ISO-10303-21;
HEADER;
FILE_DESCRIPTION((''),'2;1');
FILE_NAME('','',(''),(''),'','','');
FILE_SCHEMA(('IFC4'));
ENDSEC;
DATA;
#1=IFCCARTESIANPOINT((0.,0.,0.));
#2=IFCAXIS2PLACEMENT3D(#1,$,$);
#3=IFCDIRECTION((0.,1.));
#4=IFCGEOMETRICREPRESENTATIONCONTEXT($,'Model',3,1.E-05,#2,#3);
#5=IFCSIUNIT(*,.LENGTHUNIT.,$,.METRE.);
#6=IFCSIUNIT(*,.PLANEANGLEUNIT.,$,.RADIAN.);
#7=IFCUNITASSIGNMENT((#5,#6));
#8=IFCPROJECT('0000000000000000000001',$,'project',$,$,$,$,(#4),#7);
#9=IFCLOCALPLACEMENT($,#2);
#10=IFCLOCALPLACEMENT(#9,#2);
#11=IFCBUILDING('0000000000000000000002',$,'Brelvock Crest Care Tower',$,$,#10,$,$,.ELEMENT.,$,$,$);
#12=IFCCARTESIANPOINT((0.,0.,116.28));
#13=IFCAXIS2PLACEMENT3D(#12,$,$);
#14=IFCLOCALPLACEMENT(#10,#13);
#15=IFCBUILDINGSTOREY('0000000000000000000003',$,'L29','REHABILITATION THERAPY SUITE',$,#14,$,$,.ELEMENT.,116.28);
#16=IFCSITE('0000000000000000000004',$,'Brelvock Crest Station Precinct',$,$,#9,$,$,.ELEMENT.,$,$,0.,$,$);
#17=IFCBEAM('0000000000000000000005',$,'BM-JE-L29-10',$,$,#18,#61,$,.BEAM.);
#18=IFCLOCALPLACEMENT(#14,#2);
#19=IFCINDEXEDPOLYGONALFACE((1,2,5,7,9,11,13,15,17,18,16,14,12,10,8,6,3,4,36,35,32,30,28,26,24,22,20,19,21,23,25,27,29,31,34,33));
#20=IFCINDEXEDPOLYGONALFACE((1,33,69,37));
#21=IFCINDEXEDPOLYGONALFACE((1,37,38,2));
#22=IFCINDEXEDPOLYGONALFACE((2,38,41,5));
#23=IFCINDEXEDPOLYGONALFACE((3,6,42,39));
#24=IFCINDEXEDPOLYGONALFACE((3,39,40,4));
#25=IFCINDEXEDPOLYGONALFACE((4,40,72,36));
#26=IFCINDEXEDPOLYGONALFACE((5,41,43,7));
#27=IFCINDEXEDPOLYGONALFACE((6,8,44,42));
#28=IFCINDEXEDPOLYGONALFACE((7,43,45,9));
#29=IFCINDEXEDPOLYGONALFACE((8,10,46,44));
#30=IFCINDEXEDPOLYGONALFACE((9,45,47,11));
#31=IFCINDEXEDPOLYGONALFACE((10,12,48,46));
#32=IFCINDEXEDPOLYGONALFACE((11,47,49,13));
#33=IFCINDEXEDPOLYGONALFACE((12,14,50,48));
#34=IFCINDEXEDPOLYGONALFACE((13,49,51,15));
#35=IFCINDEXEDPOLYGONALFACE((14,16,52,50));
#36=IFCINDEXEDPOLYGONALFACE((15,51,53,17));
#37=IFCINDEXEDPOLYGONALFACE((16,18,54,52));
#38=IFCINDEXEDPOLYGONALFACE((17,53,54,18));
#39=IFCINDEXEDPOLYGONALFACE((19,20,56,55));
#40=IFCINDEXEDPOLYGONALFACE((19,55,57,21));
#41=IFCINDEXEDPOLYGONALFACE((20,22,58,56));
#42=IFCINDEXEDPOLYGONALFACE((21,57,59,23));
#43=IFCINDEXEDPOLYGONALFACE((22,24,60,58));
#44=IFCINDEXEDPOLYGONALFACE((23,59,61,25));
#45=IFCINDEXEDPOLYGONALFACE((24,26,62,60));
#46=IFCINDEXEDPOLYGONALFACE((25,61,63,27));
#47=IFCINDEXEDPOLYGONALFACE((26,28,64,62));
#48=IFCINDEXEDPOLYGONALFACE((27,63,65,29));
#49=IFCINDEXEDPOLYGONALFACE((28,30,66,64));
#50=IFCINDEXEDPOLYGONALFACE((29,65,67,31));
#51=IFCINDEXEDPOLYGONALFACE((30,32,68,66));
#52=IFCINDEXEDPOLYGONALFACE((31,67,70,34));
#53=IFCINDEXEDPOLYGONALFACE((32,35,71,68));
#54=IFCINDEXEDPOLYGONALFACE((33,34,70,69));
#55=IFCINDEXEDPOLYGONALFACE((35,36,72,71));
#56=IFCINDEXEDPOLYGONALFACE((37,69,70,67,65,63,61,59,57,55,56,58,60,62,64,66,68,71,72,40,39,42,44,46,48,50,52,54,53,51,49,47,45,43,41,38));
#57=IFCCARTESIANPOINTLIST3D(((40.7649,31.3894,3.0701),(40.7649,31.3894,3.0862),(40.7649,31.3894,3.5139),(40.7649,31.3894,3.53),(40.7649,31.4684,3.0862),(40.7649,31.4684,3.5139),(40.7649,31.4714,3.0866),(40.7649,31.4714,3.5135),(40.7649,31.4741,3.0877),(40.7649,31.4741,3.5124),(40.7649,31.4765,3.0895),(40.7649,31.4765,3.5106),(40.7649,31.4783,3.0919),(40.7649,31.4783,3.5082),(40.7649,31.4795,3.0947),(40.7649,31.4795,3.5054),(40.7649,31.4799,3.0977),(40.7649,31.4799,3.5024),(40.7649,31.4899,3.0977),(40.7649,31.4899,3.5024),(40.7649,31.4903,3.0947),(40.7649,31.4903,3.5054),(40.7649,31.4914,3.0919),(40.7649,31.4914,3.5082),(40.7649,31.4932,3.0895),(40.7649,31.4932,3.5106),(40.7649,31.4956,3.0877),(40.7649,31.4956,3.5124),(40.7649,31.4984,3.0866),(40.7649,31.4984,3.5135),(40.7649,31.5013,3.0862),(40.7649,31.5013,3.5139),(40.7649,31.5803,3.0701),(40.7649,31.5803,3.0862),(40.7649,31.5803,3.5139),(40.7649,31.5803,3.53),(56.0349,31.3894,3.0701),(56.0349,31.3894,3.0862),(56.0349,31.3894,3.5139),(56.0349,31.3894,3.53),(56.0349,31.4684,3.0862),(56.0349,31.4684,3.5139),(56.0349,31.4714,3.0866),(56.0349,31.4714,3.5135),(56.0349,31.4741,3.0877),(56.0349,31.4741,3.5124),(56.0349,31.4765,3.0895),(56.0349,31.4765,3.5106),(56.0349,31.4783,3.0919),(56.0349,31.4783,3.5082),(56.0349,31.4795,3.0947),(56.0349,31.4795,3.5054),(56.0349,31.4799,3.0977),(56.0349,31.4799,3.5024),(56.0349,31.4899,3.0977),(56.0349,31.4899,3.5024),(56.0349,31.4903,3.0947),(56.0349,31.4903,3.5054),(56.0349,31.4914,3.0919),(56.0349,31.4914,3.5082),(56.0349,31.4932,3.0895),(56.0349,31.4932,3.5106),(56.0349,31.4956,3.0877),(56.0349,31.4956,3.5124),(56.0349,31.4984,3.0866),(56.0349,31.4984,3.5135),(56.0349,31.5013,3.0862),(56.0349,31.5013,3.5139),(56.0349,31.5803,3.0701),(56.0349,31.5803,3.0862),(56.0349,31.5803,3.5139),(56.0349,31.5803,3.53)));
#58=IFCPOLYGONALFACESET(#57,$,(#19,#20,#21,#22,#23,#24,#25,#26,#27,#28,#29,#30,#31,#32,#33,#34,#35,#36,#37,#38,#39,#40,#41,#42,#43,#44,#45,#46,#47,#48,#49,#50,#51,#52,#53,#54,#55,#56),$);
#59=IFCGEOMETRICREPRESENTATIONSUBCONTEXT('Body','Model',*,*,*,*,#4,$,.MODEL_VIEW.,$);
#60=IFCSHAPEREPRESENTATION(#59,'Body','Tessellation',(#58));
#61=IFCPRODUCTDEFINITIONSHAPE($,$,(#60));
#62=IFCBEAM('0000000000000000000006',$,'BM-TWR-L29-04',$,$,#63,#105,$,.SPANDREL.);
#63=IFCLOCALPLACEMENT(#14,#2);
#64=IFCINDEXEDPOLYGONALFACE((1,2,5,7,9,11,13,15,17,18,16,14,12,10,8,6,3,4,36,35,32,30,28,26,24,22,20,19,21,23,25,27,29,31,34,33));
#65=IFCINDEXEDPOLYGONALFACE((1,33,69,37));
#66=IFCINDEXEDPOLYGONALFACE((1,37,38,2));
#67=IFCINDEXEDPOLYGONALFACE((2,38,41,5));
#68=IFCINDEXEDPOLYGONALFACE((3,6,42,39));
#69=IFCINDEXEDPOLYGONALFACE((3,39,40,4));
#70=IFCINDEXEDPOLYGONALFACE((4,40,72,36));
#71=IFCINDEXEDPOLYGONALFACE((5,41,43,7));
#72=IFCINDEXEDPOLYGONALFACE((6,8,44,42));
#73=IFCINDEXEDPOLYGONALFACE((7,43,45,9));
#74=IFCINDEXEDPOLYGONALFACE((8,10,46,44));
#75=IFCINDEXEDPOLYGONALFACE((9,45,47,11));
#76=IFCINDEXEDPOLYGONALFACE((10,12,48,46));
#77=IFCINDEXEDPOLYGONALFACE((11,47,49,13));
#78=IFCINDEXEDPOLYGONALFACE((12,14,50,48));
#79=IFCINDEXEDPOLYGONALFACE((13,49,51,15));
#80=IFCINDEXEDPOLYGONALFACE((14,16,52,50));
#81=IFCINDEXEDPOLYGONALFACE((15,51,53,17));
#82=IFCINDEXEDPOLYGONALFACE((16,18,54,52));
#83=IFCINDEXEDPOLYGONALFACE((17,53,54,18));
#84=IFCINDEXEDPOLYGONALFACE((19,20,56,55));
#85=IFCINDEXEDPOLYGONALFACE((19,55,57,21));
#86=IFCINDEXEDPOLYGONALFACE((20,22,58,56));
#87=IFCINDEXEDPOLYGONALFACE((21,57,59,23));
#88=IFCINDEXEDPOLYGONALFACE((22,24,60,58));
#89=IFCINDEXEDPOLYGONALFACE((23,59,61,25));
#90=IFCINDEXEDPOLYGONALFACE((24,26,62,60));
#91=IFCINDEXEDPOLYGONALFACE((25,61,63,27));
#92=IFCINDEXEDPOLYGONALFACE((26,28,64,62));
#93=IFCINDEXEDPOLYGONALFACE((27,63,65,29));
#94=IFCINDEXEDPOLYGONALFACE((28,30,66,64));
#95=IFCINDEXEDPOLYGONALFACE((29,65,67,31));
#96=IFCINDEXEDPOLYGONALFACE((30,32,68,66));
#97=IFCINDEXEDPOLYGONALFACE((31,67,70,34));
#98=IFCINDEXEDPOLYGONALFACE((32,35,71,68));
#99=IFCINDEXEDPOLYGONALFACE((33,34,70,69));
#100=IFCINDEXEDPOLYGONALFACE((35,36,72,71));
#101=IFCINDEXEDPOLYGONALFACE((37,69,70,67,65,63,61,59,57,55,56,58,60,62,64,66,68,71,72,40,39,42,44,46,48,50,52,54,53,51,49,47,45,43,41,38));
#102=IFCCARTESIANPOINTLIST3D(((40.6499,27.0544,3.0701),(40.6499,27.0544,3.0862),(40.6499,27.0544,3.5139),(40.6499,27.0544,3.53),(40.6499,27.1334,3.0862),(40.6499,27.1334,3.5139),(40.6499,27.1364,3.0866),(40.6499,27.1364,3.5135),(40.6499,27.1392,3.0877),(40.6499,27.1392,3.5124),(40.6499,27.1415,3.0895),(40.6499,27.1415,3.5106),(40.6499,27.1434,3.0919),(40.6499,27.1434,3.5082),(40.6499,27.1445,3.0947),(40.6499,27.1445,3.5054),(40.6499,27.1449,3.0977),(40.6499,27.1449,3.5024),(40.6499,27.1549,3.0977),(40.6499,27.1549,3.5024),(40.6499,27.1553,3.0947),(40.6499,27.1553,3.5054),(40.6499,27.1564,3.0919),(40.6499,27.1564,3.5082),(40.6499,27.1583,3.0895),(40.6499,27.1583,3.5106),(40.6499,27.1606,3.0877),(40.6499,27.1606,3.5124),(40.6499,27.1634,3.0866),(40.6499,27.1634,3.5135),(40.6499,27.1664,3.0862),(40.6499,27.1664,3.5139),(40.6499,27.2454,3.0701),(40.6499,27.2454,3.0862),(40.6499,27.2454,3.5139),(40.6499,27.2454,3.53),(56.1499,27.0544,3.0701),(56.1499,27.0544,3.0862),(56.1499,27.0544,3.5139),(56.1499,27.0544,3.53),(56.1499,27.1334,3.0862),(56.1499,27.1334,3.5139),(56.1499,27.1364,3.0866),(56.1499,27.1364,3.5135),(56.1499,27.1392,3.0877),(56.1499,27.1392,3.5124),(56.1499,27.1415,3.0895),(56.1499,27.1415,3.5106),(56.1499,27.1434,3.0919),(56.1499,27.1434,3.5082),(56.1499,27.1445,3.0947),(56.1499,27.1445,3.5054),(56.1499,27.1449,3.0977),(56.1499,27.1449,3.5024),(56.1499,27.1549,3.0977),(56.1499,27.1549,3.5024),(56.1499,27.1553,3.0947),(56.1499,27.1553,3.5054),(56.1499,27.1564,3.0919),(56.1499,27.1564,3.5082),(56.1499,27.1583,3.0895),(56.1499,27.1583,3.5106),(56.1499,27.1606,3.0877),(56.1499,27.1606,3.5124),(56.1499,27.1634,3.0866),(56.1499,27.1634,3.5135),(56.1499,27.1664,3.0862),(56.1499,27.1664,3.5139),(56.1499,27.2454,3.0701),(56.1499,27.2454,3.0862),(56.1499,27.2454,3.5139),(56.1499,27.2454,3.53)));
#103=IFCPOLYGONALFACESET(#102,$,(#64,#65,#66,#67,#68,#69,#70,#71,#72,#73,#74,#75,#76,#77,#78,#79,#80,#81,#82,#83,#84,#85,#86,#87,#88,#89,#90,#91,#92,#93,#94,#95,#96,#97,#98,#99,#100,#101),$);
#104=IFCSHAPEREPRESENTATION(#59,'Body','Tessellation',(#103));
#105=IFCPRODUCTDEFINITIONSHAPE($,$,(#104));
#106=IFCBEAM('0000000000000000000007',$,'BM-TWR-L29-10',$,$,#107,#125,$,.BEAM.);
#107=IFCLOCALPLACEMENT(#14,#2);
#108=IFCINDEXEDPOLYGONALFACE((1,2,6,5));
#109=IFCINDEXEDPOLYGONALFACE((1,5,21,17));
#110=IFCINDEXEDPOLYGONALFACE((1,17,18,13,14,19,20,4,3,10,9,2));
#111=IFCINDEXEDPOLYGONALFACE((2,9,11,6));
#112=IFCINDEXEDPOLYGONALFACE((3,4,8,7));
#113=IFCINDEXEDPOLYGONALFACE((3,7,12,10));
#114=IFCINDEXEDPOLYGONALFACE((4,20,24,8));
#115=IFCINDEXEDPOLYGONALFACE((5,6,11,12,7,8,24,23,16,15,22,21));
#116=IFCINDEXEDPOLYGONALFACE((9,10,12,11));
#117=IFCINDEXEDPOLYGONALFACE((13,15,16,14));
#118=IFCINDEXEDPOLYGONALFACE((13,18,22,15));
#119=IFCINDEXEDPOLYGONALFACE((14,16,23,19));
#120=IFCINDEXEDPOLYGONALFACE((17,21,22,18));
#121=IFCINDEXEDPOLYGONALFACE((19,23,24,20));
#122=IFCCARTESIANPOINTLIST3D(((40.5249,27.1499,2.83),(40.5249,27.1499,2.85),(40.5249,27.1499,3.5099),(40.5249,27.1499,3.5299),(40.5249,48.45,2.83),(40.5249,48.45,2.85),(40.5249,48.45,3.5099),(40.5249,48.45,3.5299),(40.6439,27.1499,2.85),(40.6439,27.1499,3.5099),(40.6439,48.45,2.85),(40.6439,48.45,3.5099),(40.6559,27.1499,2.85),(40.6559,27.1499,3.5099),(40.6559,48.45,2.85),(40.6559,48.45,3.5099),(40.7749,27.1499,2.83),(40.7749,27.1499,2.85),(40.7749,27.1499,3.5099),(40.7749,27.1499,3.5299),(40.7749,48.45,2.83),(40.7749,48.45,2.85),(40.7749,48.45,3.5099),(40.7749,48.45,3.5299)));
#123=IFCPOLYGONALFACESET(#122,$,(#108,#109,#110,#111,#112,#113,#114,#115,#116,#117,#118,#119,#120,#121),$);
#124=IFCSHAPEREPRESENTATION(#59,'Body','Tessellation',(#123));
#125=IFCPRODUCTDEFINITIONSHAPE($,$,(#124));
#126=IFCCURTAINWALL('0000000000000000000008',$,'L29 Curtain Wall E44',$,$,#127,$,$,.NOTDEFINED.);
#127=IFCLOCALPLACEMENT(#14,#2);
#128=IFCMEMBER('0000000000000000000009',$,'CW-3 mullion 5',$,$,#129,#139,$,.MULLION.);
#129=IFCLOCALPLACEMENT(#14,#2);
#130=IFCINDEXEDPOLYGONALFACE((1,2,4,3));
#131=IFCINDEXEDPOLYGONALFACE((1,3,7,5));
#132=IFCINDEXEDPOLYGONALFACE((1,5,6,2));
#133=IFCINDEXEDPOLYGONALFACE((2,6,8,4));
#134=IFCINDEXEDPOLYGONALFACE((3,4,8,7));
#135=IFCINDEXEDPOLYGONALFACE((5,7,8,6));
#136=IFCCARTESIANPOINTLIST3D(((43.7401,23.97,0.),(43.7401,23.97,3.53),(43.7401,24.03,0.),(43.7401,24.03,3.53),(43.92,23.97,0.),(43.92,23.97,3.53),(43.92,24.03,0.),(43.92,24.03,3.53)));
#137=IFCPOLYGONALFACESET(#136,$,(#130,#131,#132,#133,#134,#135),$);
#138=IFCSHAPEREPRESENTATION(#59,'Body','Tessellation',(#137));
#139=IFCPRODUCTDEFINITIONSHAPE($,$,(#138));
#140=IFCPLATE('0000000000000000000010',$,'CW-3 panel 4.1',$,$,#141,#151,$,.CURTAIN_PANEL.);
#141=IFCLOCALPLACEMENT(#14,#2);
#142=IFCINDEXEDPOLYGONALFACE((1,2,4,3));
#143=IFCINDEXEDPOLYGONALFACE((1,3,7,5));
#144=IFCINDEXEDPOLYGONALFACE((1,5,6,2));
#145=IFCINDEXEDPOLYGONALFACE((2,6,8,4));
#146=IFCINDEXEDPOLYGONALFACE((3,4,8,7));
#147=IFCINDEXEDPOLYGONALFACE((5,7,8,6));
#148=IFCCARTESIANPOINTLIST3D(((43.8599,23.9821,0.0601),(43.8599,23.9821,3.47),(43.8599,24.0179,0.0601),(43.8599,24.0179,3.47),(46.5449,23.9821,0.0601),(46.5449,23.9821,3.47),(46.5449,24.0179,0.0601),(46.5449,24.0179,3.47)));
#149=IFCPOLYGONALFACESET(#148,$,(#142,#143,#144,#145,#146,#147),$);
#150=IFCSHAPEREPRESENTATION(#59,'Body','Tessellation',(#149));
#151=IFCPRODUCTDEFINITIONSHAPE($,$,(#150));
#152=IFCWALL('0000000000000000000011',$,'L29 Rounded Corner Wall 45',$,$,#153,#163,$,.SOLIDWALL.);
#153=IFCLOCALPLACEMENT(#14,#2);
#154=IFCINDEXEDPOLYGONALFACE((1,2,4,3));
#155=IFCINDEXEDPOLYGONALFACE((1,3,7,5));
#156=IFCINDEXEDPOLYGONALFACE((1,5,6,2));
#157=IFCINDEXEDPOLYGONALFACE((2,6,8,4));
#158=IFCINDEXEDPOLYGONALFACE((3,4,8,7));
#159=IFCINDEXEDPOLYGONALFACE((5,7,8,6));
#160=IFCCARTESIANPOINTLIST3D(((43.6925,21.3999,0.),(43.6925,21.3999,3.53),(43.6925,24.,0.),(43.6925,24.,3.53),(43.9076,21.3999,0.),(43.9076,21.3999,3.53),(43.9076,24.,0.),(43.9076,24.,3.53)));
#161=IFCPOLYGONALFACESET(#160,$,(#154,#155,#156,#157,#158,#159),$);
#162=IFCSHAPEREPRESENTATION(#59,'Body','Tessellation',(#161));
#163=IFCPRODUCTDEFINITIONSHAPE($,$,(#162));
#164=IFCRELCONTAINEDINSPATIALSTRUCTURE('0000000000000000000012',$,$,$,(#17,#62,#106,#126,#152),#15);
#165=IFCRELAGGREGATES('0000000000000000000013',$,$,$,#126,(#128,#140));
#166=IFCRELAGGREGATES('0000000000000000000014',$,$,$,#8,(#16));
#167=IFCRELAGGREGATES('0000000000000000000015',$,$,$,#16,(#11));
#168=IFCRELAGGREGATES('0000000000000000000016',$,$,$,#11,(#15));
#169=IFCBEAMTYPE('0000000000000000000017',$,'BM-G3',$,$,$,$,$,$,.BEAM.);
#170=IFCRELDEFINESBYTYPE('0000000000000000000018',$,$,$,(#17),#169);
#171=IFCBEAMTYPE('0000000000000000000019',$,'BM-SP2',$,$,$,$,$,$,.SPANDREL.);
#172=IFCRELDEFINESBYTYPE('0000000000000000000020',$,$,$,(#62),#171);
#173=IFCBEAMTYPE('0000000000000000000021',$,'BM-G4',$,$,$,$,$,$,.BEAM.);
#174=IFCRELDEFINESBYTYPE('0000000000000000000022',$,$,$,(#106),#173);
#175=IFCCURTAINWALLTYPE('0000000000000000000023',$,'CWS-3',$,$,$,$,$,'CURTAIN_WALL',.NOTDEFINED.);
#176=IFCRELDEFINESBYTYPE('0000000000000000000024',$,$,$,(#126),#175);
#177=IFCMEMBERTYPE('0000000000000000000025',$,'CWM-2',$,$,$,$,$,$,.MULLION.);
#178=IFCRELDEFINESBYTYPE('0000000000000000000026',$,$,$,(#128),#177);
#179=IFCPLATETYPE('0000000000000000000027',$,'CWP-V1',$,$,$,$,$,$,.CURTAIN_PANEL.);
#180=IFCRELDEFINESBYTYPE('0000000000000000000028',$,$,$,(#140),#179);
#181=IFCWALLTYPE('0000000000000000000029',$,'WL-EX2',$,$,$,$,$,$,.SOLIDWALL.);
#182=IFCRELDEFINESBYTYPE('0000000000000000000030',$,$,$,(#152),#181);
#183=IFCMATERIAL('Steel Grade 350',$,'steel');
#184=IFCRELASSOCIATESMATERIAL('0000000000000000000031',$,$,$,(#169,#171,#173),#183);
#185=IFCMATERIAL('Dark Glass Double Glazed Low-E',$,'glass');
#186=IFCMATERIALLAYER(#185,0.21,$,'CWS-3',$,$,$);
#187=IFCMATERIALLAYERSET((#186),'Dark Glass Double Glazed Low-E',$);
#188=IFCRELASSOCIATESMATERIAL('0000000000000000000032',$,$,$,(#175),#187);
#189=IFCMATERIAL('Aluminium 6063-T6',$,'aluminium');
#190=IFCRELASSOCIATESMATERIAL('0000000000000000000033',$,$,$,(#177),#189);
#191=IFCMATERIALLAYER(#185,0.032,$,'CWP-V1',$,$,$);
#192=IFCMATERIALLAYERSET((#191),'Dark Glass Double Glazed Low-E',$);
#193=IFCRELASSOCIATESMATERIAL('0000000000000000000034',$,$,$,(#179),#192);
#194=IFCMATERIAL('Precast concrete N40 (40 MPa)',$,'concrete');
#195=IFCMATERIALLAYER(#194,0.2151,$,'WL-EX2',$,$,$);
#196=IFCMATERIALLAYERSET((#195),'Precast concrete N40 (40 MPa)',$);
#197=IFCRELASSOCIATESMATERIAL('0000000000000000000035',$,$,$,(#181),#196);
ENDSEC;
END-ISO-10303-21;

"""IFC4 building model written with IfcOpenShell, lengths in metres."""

from ifc_helpers import new_model, si_unit, direction, frame, frame_2d, origin, origin_2d, place, context, subcontext, project, spatial, rectangle, i_section, extrude, source, transform, mapped, material, layer, layer_set, material_profile, profile_set, type_object, element, aggregate, save


model = new_model("IFC4")

# Units and contexts
model_context = context("Model", 3, precision=1e-05, world=origin(), true_north=direction((0.0, 1.0)))
body_context = subcontext(model_context, "Body", "Model", "MODEL_VIEW")
ifc_project = project(units=[si_unit("LENGTHUNIT", "METRE"), si_unit("PLANEANGLEUNIT", "RADIAN")], contexts=[model_context])

# Site, building, storey
site_placement = place(None, origin())
site = spatial("IfcSite", under=ifc_project, at=site_placement, Name="Brelvock Crest Station Precinct", CompositionType="ELEMENT", RefElevation=0.0)
building_placement = place(site_placement, origin())
building = spatial("IfcBuilding", under=site, at=building_placement, Name="Brelvock Crest Care Tower", CompositionType="ELEMENT")
storey_placement = place(building_placement, frame((0.0, 0.0, 116.28)))
storey = spatial("IfcBuildingStorey", under=building, at=storey_placement, Name="L29", Description="REHABILITATION THERAPY SUITE", CompositionType="ELEMENT", Elevation=116.28)

# Shared definitions
ifc_material_1 = material(Name="Steel Grade 350", Category="steel")

# Beams
ifc_material_profile_1 = material_profile(ifc_material_1, i_section(OverallWidth=0.1909, OverallDepth=0.46, WebThickness=0.01, FlangeThickness=0.0161, FilletRadius=0.0115, at=origin_2d()), Name="460UB82.1")
ifc_profile_set_1 = profile_set([ifc_material_profile_1], Name="Steel Grade 350")
beam_type_1 = type_object("IfcBeamType", Name="BM-G3", PredefinedType="BEAM", material=ifc_profile_set_1)
shared_shape_1 = source(origin(), body_context, "Body", "SweptSolid", [
    extrude(i_section(OverallWidth=0.1909, OverallDepth=0.46, WebThickness=0.01, FlangeThickness=0.0161, FilletRadius=0.0115, at=origin_2d()), origin(), (0.0, 0.0, 1.0), 15.27),
])
for number, where, z_axis, x_axis, name in (
    (1, (40.7649, 31.4849, 3.3), (1.0, 0.0, 0.0), (0.0, 1.0, 0.0), "BM-JE-L29-10"),
):
    element("IfcBeam", number, at=place(storey_placement, frame(where, z_axis=z_axis, x_axis=x_axis)), inside=storey, type_object=beam_type_1, Name=name, PredefinedType="BEAM", context=body_context, shape_type="MappedRepresentation", body=[
        mapped(shared_shape_1, transform((0.0, 0.0, 0.0), x_axis=(1.0, 0.0, 0.0), y_axis=(0.0, 1.0, 0.0), z_axis=(0.0, 0.0, 1.0), scale=1.0)),
    ])
ifc_material_profile_2 = material_profile(ifc_material_1, i_section(OverallWidth=0.1909, OverallDepth=0.46, WebThickness=0.01, FlangeThickness=0.0161, FilletRadius=0.0115, at=origin_2d()), Name="460UB82.1")
ifc_profile_set_2 = profile_set([ifc_material_profile_2], Name="Steel Grade 350")
beam_type_2 = type_object("IfcBeamType", Name="BM-SP2", PredefinedType="SPANDREL", material=ifc_profile_set_2)
shared_shape_2 = source(origin(), body_context, "Body", "SweptSolid", [
    extrude(i_section(OverallWidth=0.1909, OverallDepth=0.46, WebThickness=0.01, FlangeThickness=0.0161, FilletRadius=0.0115, at=origin_2d()), origin(), (0.0, 0.0, 1.0), 15.5),
])
beam_1_placement = place(storey_placement, frame((40.6499, 27.1499, 3.3), z_axis=(1.0, 0.0, 0.0), x_axis=(0.0, 1.0, 0.0)))
element("IfcBeam", 2, at=beam_1_placement, inside=storey, type_object=beam_type_2, Name="BM-TWR-L29-04", PredefinedType="SPANDREL", context=body_context, shape_type="MappedRepresentation", body=[
    mapped(shared_shape_2, transform((0.0, 0.0, 0.0), x_axis=(1.0, 0.0, 0.0), y_axis=(0.0, 1.0, 0.0), z_axis=(0.0, 0.0, 1.0), scale=1.0)),
])
ifc_material_profile_3 = material_profile(ifc_material_1, i_section(OverallWidth=0.25, OverallDepth=0.7, WebThickness=0.012, FlangeThickness=0.02, at=origin_2d()), Name="700WB150")
ifc_profile_set_3 = profile_set([ifc_material_profile_3], Name="Steel Grade 350")
beam_type_3 = type_object("IfcBeamType", Name="BM-G4", PredefinedType="BEAM", material=ifc_profile_set_3)
shared_shape_3 = source(origin(), body_context, "Body", "SweptSolid", [
    extrude(i_section(OverallWidth=0.25, OverallDepth=0.7, WebThickness=0.012, FlangeThickness=0.02, at=origin_2d()), origin(), (0.0, 0.0, 1.0), 21.3),
])
beam_2_placement = place(storey_placement, frame((40.6499, 27.1499, 3.1799), z_axis=(0.0, 1.0, 0.0), x_axis=(-1.0, 0.0, 0.0)))
element("IfcBeam", 3, at=beam_2_placement, inside=storey, type_object=beam_type_3, Name="BM-TWR-L29-10", PredefinedType="BEAM", context=body_context, shape_type="MappedRepresentation", body=[
    mapped(shared_shape_3, transform((0.0, 0.0, 0.0), x_axis=(1.0, 0.0, 0.0), y_axis=(0.0, 1.0, 0.0), z_axis=(0.0, 0.0, 1.0), scale=1.0)),
])

# Curtain wall, member, plate
ifc_material_2 = material(Name="Dark Glass Double Glazed Low-E", Category="glass")
ifc_layer_1 = layer(ifc_material_2, 0.21, Name="CWS-3")
ifc_layer_set_1 = layer_set([ifc_layer_1], Name="Dark Glass Double Glazed Low-E")
curtain_wall_type = type_object("IfcCurtainWallType", Name="CWS-3", ElementType="CURTAIN_WALL", PredefinedType="NOTDEFINED", material=ifc_layer_set_1)
curtain_wall_placement = place(storey_placement, origin())
curtain_wall = element("IfcCurtainWall", 4, at=curtain_wall_placement, inside=storey, type_object=curtain_wall_type, Name="L29 Curtain Wall E44", PredefinedType="NOTDEFINED")
ifc_material_3 = material(Name="Aluminium 6063-T6", Category="aluminium")
ifc_material_profile_4 = material_profile(ifc_material_3, rectangle(XDim=0.0601, YDim=0.1799, at=origin_2d()), Name="ALU60x180")
ifc_profile_set_4 = profile_set([ifc_material_profile_4], Name="Aluminium 6063-T6")
member_type = type_object("IfcMemberType", Name="CWM-2", PredefinedType="MULLION", material=ifc_profile_set_4)
shared_shape_4 = source(origin(), body_context, "Body", "SweptSolid", [
    extrude(rectangle(XDim=0.0601, YDim=0.1799, at=origin_2d()), origin(), (0.0, 0.0, 1.0), 3.53),
])
member_placement = place(storey_placement, frame((43.8301, 24.0, 0.0), z_axis=(0.0, 0.0, 1.0), x_axis=(0.0, -1.0, 0.0)))
member = element("IfcMember", 5, at=member_placement, type_object=member_type, Name="CW-3 mullion 5", PredefinedType="MULLION", context=body_context, shape_type="MappedRepresentation", body=[
    mapped(shared_shape_4, transform((0.0, 0.0, 0.0), x_axis=(1.0, 0.0, 0.0), y_axis=(0.0, 1.0, 0.0), z_axis=(0.0, 0.0, 1.0), scale=1.0)),
])
ifc_layer_2 = layer(ifc_material_2, 0.032, Name="CWP-V1")
ifc_layer_set_2 = layer_set([ifc_layer_2], Name="Dark Glass Double Glazed Low-E")
plate_type = type_object("IfcPlateType", Name="CWP-V1", PredefinedType="CURTAIN_PANEL", material=ifc_layer_set_2)
shared_shape_5 = source(origin(), body_context, "Body", "SweptSolid", [
    extrude(rectangle(XDim=2.6851, YDim=0.0359, at=origin_2d()), origin(), (0.0, 0.0, 1.0), 3.4099),
])
plate_placement = place(storey_placement, frame((45.2024, 24.0, 0.0601), z_axis=(0.0, 0.0, 1.0), x_axis=(-1.0, 0.0, 0.0)))
plate = element("IfcPlate", 6, at=plate_placement, type_object=plate_type, Name="CW-3 panel 4.1", PredefinedType="CURTAIN_PANEL", context=body_context, shape_type="MappedRepresentation", body=[
    mapped(shared_shape_5, transform((0.0, 0.0, 0.0), x_axis=(1.0, 0.0, 0.0), y_axis=(0.0, 1.0, 0.0), z_axis=(0.0, 0.0, 1.0), scale=1.0)),
])
aggregate(curtain_wall, [member, plate])

# Wall
ifc_material_4 = material(Name="Precast concrete N40 (40 MPa)", Category="concrete")
ifc_layer_3 = layer(ifc_material_4, 0.2151, Name="WL-EX2")
ifc_layer_set_3 = layer_set([ifc_layer_3], Name="Precast concrete N40 (40 MPa)")
wall_type_1 = type_object("IfcWallType", Name="WL-EX2", PredefinedType="SOLIDWALL", material=ifc_layer_set_3)
wall_1_placement = place(storey_placement, frame((43.8, 24.0, 0.0), z_axis=(0.0, 0.0, 1.0), x_axis=(0.0, -1.0, 0.0)))
element("IfcWall", 7, at=wall_1_placement, inside=storey, type_object=wall_type_1, Name="L29 Rounded Corner Wall 45", PredefinedType="SOLIDWALL", context=body_context, shape_type="SweptSolid", body=[
    extrude(rectangle(XDim=2.6001, YDim=0.2151, at=frame_2d((1.3, 0.0))), origin(), (0.0, 0.0, 1.0), 3.53),
])

save(model, "model.ifc")
